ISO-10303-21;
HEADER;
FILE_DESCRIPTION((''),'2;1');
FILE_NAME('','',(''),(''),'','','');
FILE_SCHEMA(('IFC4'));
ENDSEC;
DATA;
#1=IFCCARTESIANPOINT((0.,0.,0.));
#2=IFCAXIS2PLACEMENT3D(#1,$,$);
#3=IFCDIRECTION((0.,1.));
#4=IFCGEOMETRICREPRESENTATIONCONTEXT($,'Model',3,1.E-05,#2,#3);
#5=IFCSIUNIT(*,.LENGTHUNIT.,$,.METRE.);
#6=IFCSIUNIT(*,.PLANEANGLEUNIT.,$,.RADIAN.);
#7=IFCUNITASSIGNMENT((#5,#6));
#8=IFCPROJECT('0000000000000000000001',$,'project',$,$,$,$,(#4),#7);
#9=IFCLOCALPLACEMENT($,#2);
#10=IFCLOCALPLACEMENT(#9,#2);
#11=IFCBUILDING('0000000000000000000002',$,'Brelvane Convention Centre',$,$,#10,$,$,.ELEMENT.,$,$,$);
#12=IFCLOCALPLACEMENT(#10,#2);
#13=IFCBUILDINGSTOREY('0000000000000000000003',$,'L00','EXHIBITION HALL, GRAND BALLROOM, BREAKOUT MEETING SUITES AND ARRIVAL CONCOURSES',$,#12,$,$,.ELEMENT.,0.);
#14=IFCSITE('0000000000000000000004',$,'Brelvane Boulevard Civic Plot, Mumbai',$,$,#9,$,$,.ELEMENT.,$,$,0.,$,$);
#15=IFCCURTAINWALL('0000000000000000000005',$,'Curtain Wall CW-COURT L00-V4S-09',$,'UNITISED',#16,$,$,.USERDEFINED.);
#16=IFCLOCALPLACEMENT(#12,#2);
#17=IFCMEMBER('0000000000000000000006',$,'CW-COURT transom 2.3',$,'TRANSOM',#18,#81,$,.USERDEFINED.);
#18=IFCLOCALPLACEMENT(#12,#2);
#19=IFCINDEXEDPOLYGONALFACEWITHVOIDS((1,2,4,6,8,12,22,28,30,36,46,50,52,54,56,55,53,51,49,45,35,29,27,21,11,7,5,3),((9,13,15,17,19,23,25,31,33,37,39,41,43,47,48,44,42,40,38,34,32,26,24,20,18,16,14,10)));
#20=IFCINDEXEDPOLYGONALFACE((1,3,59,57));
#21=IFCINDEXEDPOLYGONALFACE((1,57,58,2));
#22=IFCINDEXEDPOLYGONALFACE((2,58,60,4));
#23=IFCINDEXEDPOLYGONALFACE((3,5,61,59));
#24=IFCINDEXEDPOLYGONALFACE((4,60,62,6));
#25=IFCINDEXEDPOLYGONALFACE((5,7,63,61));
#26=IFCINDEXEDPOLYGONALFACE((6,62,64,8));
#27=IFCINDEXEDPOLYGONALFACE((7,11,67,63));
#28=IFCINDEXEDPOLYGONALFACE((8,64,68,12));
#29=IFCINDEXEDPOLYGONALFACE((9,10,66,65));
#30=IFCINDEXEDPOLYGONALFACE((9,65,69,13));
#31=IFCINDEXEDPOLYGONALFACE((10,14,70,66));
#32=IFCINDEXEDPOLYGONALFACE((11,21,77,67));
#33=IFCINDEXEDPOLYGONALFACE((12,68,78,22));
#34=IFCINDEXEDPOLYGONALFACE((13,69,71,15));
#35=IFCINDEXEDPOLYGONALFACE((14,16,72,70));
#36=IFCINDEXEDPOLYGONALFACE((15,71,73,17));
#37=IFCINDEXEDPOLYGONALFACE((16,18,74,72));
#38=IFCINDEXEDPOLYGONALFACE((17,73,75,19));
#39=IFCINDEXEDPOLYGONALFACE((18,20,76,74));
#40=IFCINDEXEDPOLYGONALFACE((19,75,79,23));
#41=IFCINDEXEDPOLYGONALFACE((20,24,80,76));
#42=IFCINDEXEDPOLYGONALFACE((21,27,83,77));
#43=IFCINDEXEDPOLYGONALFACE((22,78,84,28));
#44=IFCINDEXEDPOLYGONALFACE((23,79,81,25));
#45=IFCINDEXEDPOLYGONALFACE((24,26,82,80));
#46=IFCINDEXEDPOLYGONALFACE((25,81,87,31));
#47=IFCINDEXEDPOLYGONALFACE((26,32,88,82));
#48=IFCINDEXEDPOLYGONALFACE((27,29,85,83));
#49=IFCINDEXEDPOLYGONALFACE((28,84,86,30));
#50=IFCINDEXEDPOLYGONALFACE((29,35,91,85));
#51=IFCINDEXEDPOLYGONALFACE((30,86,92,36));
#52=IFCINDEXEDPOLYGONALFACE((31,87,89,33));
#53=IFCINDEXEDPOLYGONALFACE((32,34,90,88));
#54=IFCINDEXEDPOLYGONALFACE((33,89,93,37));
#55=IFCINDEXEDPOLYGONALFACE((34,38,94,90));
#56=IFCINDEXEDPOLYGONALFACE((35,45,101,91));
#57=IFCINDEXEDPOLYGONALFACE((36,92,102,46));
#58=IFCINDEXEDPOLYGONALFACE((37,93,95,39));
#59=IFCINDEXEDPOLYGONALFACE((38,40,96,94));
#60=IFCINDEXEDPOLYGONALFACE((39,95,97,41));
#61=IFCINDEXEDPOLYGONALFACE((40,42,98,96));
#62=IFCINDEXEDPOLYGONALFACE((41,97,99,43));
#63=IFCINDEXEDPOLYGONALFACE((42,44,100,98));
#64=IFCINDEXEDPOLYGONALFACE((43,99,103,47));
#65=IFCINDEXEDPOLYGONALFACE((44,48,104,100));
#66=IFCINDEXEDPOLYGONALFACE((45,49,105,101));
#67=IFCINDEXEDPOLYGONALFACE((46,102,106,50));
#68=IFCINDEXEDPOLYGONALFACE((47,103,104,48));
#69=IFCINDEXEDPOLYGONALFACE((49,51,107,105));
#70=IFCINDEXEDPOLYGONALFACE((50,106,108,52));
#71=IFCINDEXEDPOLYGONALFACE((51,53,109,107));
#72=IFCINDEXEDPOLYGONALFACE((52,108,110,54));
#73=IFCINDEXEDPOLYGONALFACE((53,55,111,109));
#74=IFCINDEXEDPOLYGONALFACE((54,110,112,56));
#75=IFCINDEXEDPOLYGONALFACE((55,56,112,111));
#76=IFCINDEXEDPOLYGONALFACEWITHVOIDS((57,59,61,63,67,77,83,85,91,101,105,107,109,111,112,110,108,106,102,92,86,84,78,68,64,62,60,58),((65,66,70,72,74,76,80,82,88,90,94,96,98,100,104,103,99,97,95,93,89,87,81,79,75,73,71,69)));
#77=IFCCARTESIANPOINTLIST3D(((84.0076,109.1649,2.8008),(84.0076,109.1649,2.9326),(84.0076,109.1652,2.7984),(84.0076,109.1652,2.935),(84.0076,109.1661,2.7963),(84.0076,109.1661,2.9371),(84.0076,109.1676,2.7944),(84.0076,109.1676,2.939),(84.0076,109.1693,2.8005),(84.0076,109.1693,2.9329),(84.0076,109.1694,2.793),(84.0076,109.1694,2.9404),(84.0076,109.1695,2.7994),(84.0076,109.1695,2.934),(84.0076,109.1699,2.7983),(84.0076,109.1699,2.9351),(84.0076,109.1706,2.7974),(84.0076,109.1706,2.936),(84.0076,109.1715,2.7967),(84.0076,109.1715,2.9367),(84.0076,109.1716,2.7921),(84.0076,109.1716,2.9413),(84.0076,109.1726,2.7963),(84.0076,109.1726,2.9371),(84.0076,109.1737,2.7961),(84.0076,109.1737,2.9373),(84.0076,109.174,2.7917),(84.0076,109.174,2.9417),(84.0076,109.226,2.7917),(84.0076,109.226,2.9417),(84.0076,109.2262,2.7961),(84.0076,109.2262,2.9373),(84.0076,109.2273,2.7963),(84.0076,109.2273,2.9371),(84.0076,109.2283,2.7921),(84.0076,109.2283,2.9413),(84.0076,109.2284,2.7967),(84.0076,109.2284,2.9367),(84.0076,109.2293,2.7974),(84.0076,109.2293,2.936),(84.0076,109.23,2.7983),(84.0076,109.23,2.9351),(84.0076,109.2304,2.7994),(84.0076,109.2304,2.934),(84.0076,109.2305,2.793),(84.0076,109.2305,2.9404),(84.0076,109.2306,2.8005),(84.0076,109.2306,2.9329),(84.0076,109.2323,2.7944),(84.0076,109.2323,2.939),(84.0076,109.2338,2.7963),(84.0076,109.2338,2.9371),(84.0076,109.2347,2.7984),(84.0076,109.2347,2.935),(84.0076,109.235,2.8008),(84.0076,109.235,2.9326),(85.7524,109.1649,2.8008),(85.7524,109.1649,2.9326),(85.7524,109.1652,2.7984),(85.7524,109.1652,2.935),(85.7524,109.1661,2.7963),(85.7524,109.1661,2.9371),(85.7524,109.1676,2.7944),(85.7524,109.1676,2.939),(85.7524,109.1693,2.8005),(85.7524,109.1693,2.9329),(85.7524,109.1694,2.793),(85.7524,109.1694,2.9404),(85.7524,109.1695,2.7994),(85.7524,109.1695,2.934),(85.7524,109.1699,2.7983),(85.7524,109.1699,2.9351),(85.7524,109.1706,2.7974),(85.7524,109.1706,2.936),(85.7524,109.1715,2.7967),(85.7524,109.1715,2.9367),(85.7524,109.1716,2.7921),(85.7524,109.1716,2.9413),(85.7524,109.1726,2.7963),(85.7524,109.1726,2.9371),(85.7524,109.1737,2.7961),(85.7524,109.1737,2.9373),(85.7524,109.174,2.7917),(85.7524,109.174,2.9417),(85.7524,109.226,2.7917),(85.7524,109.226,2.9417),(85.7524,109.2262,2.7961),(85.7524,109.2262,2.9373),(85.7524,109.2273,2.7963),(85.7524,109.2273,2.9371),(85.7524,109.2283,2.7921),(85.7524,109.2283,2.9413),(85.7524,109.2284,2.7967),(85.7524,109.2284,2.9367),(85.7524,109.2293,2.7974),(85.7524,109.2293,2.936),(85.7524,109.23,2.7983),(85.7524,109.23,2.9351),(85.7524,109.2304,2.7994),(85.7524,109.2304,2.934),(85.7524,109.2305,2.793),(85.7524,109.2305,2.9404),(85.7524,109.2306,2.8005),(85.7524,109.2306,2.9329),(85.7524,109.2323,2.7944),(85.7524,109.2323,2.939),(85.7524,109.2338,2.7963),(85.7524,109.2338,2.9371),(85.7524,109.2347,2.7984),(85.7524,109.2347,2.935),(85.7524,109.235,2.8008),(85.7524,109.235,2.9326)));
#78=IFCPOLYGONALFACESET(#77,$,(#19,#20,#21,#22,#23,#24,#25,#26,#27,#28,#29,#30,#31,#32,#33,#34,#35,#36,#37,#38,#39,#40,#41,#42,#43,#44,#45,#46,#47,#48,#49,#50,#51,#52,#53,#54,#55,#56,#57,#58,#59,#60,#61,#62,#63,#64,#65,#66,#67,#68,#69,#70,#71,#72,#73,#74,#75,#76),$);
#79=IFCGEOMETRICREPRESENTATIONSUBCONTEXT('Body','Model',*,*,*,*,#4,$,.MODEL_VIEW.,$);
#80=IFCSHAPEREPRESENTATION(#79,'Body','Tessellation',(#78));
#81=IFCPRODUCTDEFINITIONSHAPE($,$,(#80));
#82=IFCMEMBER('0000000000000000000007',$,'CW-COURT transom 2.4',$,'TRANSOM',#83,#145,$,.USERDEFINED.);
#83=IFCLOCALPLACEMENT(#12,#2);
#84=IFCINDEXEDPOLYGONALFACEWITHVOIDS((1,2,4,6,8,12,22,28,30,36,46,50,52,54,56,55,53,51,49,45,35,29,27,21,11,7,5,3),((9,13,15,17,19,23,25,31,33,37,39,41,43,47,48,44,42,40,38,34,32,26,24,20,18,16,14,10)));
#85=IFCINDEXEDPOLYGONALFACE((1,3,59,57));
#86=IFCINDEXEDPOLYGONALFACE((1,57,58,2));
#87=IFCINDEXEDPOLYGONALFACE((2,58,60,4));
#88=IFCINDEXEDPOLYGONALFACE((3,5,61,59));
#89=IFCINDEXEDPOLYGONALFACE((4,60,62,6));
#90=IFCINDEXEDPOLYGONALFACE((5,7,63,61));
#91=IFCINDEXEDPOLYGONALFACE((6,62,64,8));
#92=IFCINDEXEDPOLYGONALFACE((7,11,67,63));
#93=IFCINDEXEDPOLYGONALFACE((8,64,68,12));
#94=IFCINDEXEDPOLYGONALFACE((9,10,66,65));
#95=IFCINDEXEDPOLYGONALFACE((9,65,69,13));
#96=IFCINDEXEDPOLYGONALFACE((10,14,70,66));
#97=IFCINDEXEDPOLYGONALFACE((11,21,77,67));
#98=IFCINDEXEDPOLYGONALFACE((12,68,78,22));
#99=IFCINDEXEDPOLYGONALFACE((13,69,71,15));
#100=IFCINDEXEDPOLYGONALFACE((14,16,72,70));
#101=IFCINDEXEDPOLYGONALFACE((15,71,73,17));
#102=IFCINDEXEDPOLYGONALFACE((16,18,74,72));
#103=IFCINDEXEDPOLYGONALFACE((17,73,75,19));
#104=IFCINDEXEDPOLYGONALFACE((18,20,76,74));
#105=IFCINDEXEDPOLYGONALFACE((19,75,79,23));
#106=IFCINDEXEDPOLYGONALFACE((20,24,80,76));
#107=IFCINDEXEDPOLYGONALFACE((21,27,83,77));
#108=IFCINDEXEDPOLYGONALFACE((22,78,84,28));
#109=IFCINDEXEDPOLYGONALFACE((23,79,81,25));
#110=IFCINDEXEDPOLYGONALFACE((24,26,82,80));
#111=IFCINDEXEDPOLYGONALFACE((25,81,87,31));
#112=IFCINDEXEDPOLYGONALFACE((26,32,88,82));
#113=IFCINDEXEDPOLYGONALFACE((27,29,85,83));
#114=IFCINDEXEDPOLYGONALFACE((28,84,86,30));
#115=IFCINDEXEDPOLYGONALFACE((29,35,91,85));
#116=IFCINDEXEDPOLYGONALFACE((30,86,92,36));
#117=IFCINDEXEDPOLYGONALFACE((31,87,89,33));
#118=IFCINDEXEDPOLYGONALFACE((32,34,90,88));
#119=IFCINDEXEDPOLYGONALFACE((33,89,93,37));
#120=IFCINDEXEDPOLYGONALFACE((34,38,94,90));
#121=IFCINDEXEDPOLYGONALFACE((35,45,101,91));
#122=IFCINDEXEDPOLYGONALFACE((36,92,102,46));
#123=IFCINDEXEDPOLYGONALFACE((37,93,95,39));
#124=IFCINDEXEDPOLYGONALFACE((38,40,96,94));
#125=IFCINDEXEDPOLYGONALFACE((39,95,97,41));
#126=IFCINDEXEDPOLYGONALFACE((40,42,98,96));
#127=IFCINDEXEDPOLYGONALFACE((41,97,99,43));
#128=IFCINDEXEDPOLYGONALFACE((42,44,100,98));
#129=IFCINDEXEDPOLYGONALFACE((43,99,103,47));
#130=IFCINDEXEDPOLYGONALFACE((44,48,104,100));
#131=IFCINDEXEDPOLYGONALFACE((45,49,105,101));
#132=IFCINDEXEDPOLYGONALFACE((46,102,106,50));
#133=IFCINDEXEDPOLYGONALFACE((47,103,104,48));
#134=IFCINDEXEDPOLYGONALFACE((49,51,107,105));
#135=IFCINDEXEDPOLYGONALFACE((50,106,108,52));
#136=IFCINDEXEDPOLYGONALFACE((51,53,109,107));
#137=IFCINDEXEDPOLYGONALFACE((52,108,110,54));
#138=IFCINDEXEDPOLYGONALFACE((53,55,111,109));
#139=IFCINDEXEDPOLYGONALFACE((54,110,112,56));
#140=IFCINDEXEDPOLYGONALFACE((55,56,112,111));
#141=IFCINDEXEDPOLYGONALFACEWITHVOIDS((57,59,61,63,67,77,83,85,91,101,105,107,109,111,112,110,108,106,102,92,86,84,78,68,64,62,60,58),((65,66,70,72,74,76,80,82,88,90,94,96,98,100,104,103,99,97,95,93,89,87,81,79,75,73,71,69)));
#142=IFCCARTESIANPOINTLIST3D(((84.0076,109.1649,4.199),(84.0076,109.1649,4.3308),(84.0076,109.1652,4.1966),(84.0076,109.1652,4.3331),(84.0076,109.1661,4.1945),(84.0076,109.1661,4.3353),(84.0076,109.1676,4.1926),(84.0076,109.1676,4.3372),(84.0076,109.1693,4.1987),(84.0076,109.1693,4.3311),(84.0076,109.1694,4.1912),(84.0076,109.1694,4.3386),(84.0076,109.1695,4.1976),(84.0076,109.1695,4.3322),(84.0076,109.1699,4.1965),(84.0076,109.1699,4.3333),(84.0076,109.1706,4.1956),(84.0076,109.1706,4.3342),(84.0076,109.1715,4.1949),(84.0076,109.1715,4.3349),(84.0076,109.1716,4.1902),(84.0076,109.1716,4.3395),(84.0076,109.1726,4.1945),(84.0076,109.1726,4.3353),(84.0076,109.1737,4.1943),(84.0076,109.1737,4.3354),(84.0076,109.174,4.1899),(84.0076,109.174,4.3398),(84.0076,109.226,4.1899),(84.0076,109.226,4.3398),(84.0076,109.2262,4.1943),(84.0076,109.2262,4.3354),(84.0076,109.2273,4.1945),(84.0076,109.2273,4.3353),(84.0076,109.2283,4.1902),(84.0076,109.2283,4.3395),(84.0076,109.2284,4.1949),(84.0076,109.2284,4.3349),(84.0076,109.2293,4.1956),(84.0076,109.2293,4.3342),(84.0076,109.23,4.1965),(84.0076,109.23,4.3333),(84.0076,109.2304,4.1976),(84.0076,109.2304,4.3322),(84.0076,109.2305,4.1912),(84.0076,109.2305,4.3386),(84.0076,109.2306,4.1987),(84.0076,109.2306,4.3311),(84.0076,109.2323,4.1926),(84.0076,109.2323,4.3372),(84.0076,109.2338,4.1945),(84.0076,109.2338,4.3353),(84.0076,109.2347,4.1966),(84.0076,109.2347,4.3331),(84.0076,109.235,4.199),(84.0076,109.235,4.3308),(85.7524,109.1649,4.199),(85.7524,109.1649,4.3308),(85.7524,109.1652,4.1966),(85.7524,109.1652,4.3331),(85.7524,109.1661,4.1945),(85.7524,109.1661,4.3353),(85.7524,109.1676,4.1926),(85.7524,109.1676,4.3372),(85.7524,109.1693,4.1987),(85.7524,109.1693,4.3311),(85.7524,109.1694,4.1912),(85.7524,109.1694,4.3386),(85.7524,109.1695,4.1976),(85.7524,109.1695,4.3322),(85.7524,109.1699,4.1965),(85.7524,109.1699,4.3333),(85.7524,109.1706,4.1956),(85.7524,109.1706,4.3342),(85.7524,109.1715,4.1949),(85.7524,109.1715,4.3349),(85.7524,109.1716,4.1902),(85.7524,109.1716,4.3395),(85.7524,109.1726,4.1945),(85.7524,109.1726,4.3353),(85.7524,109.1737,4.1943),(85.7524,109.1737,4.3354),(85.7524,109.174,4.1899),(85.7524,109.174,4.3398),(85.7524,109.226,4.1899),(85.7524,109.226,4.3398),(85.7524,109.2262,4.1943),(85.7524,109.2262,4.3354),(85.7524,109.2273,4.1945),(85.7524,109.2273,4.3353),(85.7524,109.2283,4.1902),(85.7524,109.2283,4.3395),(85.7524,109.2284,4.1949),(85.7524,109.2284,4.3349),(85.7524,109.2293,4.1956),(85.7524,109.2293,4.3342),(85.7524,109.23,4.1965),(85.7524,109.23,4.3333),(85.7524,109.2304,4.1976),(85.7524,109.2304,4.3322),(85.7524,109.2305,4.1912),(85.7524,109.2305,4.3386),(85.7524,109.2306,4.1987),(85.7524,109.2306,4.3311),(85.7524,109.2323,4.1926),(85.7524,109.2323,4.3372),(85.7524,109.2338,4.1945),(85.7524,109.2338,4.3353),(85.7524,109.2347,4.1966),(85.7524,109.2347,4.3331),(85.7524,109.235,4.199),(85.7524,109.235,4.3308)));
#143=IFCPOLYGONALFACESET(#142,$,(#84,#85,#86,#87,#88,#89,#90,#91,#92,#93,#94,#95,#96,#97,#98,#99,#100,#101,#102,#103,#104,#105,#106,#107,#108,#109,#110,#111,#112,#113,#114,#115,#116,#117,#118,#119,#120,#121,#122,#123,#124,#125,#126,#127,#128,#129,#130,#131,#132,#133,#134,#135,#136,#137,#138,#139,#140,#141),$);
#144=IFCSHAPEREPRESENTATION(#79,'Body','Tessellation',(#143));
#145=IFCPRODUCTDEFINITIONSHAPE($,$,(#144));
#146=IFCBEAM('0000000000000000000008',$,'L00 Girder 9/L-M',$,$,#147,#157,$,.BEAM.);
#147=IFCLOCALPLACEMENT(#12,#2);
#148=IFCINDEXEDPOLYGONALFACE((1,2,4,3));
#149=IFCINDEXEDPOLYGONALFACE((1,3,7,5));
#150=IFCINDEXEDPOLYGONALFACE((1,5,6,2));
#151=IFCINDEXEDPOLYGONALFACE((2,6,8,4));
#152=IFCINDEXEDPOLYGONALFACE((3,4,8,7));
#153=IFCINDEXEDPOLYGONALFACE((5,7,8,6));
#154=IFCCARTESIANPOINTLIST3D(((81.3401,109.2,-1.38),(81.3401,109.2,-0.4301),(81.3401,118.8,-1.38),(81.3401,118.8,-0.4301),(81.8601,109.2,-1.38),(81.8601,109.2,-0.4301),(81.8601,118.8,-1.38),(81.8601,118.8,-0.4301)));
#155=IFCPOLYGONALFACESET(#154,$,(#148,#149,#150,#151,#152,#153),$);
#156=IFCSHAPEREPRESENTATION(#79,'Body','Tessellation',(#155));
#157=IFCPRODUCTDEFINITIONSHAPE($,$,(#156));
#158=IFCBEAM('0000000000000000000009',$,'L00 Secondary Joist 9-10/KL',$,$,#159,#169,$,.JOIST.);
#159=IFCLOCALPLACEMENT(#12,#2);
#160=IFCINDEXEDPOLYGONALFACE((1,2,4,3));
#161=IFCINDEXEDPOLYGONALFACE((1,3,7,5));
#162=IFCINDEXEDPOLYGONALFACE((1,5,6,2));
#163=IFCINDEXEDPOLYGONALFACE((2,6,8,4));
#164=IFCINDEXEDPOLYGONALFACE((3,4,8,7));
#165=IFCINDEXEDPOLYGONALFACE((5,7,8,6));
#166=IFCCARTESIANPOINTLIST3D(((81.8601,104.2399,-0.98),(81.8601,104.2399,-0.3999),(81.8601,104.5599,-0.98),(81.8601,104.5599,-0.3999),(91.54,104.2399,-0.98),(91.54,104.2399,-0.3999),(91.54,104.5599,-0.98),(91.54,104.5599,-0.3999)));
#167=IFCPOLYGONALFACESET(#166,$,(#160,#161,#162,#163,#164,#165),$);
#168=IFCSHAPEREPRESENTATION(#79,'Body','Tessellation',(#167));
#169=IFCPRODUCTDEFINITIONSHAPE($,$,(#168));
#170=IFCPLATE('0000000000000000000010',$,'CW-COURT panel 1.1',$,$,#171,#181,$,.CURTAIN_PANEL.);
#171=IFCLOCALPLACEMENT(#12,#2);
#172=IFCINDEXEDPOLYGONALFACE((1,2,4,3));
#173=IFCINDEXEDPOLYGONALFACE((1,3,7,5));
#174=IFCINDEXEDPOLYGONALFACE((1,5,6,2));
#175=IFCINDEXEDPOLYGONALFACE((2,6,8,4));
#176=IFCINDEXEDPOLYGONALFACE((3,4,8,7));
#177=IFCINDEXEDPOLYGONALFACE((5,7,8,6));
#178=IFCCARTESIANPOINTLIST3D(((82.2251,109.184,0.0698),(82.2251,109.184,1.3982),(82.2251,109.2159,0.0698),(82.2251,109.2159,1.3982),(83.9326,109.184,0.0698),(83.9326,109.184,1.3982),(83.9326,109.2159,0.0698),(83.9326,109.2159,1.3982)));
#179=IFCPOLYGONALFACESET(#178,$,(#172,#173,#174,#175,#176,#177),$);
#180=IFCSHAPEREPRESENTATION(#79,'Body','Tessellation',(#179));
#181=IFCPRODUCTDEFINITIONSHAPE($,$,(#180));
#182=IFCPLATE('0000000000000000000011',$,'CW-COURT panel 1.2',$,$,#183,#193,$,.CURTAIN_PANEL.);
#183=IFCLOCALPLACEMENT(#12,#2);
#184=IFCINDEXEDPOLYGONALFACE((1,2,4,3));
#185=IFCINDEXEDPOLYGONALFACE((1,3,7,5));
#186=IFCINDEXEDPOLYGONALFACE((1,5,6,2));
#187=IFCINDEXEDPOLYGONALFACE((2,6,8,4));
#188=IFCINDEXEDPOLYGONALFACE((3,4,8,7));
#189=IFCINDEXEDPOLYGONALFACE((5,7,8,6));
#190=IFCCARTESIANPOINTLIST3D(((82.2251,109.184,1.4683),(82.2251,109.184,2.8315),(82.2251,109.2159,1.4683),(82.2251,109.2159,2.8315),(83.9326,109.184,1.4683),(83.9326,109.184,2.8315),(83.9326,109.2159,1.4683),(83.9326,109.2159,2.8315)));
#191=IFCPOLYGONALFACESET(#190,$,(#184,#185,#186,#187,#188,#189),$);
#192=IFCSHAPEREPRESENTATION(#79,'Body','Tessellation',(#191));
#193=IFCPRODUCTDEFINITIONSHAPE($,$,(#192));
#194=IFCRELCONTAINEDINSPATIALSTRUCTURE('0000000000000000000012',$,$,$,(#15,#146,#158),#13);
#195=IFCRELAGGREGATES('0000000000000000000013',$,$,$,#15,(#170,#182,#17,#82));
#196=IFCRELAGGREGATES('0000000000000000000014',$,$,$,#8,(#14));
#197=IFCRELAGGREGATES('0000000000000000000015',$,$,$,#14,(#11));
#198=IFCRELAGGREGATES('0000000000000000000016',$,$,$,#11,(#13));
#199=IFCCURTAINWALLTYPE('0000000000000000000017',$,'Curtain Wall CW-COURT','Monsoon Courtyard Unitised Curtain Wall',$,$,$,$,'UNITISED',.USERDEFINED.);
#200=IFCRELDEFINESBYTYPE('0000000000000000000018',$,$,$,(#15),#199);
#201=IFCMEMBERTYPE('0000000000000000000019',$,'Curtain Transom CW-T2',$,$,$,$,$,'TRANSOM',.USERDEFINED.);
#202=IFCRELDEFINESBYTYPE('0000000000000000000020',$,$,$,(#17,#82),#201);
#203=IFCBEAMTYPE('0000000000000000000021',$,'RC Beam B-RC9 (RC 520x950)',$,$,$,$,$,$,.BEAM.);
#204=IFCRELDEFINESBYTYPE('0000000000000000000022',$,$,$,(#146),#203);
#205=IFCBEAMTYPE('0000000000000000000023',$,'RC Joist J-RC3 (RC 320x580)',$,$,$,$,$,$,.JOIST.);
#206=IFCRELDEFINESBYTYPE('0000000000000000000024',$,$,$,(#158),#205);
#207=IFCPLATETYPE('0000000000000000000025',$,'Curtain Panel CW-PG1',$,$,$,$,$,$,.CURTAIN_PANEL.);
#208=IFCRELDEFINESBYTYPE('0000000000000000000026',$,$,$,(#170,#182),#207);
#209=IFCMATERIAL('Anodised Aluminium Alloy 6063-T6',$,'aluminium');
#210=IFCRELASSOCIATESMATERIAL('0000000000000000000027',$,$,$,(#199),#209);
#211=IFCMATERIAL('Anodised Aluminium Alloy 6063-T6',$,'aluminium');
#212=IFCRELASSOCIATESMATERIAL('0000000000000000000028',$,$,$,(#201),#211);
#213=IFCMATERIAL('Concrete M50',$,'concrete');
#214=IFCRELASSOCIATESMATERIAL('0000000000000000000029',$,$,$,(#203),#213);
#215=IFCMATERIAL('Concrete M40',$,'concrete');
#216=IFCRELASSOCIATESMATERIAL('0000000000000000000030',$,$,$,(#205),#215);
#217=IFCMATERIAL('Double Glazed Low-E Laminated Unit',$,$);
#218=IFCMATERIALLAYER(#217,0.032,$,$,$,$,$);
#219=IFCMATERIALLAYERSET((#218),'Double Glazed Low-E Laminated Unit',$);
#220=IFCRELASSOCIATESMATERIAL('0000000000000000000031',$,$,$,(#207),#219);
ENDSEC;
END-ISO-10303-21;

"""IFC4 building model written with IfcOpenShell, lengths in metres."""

from ifc_helpers import new_model, si_unit, direction, frame, origin, origin_2d, place, context, subcontext, project, spatial, rectangle, hollow_rectangle, extrude, material, layer, layer_set, material_profile, profile_set, type_object, element, aggregate, save


model = new_model("IFC4")

# Units and contexts
model_context = context("Model", 3, precision=1e-05, world=origin(), true_north=direction((0.0, 1.0)))
body_context = subcontext(model_context, "Body", "Model", "MODEL_VIEW")
ifc_project = project(units=[si_unit("LENGTHUNIT", "METRE"), si_unit("PLANEANGLEUNIT", "RADIAN")], contexts=[model_context])

# Site, building, storey
site_placement = place(None, origin())
site = spatial("IfcSite", under=ifc_project, at=site_placement, Name="Brelvane Boulevard Civic Plot, Mumbai", CompositionType="ELEMENT", RefElevation=0.0)
building_placement = place(site_placement, origin())
building = spatial("IfcBuilding", under=site, at=building_placement, Name="Brelvane Convention Centre", CompositionType="ELEMENT")
storey_placement = place(building_placement, origin())
storey = spatial("IfcBuildingStorey", under=building, at=storey_placement, Name="L00", Description="EXHIBITION HALL, GRAND BALLROOM, BREAKOUT MEETING SUITES AND ARRIVAL CONCOURSES", CompositionType="ELEMENT", Elevation=0.0)

# Curtain wall, members
ifc_material_1 = material(Name="Anodised Aluminium Alloy 6063-T6", Category="aluminium")
curtain_wall_type = type_object("IfcCurtainWallType", Name="Curtain Wall CW-COURT", Description="Monsoon Courtyard Unitised Curtain Wall", ElementType="UNITISED", PredefinedType="USERDEFINED", material=ifc_material_1)
curtain_wall_placement = place(storey_placement, origin())
curtain_wall = element("IfcCurtainWall", 1, at=curtain_wall_placement, inside=storey, type_object=curtain_wall_type, Name="Curtain Wall CW-COURT L00-V4S-09", ObjectType="UNITISED", PredefinedType="USERDEFINED")
ifc_material_2 = material(Name="Anodised Aluminium Alloy 6063-T6", Category="aluminium")
ifc_material_profile_1 = material_profile(ifc_material_2, hollow_rectangle(XDim=0.0701, YDim=0.1499, WallThickness=0.0044, InnerFilletRadius=0.0044, OuterFilletRadius=0.009, at=origin_2d()), Name="ALU-T 150x70x4.5")
ifc_profile_set_1 = profile_set([ifc_material_profile_1], Name="Anodised Aluminium Alloy 6063-T6")
member_type_1 = type_object("IfcMemberType", Name="Curtain Transom CW-T2", ElementType="TRANSOM", PredefinedType="USERDEFINED", material=ifc_profile_set_1)
member_1_placement = place(storey_placement, frame((84.0076, 109.2, 2.8667), z_axis=(1.0, 0.0, 0.0), x_axis=(0.0, 1.0, 0.0)))
member_1 = element("IfcMember", 2, at=member_1_placement, type_object=member_type_1, Name="CW-COURT transom 2.3", ObjectType="TRANSOM", PredefinedType="USERDEFINED", context=body_context, shape_type="SweptSolid", body=[
    extrude(hollow_rectangle(XDim=0.0701, YDim=0.1499, WallThickness=0.0044, InnerFilletRadius=0.0044, OuterFilletRadius=0.009, at=origin_2d()), origin(), (0.0, 0.0, 1.0), 1.7449),
])
member_2_placement = place(storey_placement, frame((84.0076, 109.2, 4.2649), z_axis=(1.0, 0.0, 0.0), x_axis=(0.0, 1.0, 0.0)))
member_2 = element("IfcMember", 3, at=member_2_placement, type_object=member_type_1, Name="CW-COURT transom 2.4", ObjectType="TRANSOM", PredefinedType="USERDEFINED", context=body_context, shape_type="SweptSolid", body=[
    extrude(hollow_rectangle(XDim=0.0701, YDim=0.1499, WallThickness=0.0044, InnerFilletRadius=0.0044, OuterFilletRadius=0.009, at=origin_2d()), origin(), (0.0, 0.0, 1.0), 1.7449),
])

# Beams
ifc_material_3 = material(Name="Concrete M50", Category="concrete")
ifc_material_profile_2 = material_profile(ifc_material_3, rectangle(XDim=0.52, YDim=0.95, at=origin_2d()), Name="RC 520x950")
ifc_profile_set_2 = profile_set([ifc_material_profile_2], Name="Concrete M50")
beam_type_1 = type_object("IfcBeamType", Name="RC Beam B-RC9 (RC 520x950)", PredefinedType="BEAM", material=ifc_profile_set_2)
beam_1_placement = place(storey_placement, frame((81.6001, 109.2, -0.905), z_axis=(0.0, 1.0, 0.0), x_axis=(-1.0, 0.0, 0.0)))
element("IfcBeam", 4, at=beam_1_placement, inside=storey, type_object=beam_type_1, Name="L00 Girder 9/L-M", PredefinedType="BEAM", context=body_context, shape_type="SweptSolid", body=[
    extrude(rectangle(XDim=0.52, YDim=0.95, at=origin_2d()), origin(), (0.0, 0.0, 1.0), 9.6001),
])
ifc_material_4 = material(Name="Concrete M40", Category="concrete")
ifc_material_profile_3 = material_profile(ifc_material_4, rectangle(XDim=0.3201, YDim=0.5801, at=origin_2d()), Name="RC 320x580")
ifc_profile_set_3 = profile_set([ifc_material_profile_3], Name="Concrete M40")
beam_type_2 = type_object("IfcBeamType", Name="RC Joist J-RC3 (RC 320x580)", PredefinedType="JOIST", material=ifc_profile_set_3)
beam_2_placement = place(storey_placement, frame((81.8601, 104.3999, -0.6899), z_axis=(1.0, 0.0, 0.0), x_axis=(0.0, 1.0, 0.0)))
element("IfcBeam", 5, at=beam_2_placement, inside=storey, type_object=beam_type_2, Name="L00 Secondary Joist 9-10/KL", PredefinedType="JOIST", context=body_context, shape_type="SweptSolid", body=[
    extrude(rectangle(XDim=0.3201, YDim=0.5801, at=origin_2d()), origin(), (0.0, 0.0, 1.0), 9.6799),
])

# Plates
ifc_material_5 = material(Name="Double Glazed Low-E Laminated Unit")
ifc_layer_1 = layer(ifc_material_5, 0.032)
ifc_layer_set_1 = layer_set([ifc_layer_1], Name="Double Glazed Low-E Laminated Unit")
plate_type = type_object("IfcPlateType", Name="Curtain Panel CW-PG1", PredefinedType="CURTAIN_PANEL", material=ifc_layer_set_1)
plate_1_placement = place(storey_placement, frame((83.0789, 109.2, 0.0698), z_axis=(0.0, 0.0, 1.0), x_axis=(1.0, 0.0, 0.0)))
plate_1 = element("IfcPlate", 6, at=plate_1_placement, type_object=plate_type, Name="CW-COURT panel 1.1", PredefinedType="CURTAIN_PANEL", context=body_context, shape_type="SweptSolid", body=[
    extrude(rectangle(XDim=1.7075, YDim=0.032, at=origin_2d()), origin(), (0.0, 0.0, 1.0), 1.3284),
])
plate_2_placement = place(storey_placement, frame((83.0789, 109.2, 1.4683), z_axis=(0.0, 0.0, 1.0), x_axis=(1.0, 0.0, 0.0)))
plate_2 = element("IfcPlate", 7, at=plate_2_placement, type_object=plate_type, Name="CW-COURT panel 1.2", PredefinedType="CURTAIN_PANEL", context=body_context, shape_type="SweptSolid", body=[
    extrude(rectangle(XDim=1.7075, YDim=0.032, at=origin_2d()), origin(), (0.0, 0.0, 1.0), 1.3633),
])
aggregate(curtain_wall, [plate_1, plate_2, member_1, member_2])

save(model, "model.ifc")
